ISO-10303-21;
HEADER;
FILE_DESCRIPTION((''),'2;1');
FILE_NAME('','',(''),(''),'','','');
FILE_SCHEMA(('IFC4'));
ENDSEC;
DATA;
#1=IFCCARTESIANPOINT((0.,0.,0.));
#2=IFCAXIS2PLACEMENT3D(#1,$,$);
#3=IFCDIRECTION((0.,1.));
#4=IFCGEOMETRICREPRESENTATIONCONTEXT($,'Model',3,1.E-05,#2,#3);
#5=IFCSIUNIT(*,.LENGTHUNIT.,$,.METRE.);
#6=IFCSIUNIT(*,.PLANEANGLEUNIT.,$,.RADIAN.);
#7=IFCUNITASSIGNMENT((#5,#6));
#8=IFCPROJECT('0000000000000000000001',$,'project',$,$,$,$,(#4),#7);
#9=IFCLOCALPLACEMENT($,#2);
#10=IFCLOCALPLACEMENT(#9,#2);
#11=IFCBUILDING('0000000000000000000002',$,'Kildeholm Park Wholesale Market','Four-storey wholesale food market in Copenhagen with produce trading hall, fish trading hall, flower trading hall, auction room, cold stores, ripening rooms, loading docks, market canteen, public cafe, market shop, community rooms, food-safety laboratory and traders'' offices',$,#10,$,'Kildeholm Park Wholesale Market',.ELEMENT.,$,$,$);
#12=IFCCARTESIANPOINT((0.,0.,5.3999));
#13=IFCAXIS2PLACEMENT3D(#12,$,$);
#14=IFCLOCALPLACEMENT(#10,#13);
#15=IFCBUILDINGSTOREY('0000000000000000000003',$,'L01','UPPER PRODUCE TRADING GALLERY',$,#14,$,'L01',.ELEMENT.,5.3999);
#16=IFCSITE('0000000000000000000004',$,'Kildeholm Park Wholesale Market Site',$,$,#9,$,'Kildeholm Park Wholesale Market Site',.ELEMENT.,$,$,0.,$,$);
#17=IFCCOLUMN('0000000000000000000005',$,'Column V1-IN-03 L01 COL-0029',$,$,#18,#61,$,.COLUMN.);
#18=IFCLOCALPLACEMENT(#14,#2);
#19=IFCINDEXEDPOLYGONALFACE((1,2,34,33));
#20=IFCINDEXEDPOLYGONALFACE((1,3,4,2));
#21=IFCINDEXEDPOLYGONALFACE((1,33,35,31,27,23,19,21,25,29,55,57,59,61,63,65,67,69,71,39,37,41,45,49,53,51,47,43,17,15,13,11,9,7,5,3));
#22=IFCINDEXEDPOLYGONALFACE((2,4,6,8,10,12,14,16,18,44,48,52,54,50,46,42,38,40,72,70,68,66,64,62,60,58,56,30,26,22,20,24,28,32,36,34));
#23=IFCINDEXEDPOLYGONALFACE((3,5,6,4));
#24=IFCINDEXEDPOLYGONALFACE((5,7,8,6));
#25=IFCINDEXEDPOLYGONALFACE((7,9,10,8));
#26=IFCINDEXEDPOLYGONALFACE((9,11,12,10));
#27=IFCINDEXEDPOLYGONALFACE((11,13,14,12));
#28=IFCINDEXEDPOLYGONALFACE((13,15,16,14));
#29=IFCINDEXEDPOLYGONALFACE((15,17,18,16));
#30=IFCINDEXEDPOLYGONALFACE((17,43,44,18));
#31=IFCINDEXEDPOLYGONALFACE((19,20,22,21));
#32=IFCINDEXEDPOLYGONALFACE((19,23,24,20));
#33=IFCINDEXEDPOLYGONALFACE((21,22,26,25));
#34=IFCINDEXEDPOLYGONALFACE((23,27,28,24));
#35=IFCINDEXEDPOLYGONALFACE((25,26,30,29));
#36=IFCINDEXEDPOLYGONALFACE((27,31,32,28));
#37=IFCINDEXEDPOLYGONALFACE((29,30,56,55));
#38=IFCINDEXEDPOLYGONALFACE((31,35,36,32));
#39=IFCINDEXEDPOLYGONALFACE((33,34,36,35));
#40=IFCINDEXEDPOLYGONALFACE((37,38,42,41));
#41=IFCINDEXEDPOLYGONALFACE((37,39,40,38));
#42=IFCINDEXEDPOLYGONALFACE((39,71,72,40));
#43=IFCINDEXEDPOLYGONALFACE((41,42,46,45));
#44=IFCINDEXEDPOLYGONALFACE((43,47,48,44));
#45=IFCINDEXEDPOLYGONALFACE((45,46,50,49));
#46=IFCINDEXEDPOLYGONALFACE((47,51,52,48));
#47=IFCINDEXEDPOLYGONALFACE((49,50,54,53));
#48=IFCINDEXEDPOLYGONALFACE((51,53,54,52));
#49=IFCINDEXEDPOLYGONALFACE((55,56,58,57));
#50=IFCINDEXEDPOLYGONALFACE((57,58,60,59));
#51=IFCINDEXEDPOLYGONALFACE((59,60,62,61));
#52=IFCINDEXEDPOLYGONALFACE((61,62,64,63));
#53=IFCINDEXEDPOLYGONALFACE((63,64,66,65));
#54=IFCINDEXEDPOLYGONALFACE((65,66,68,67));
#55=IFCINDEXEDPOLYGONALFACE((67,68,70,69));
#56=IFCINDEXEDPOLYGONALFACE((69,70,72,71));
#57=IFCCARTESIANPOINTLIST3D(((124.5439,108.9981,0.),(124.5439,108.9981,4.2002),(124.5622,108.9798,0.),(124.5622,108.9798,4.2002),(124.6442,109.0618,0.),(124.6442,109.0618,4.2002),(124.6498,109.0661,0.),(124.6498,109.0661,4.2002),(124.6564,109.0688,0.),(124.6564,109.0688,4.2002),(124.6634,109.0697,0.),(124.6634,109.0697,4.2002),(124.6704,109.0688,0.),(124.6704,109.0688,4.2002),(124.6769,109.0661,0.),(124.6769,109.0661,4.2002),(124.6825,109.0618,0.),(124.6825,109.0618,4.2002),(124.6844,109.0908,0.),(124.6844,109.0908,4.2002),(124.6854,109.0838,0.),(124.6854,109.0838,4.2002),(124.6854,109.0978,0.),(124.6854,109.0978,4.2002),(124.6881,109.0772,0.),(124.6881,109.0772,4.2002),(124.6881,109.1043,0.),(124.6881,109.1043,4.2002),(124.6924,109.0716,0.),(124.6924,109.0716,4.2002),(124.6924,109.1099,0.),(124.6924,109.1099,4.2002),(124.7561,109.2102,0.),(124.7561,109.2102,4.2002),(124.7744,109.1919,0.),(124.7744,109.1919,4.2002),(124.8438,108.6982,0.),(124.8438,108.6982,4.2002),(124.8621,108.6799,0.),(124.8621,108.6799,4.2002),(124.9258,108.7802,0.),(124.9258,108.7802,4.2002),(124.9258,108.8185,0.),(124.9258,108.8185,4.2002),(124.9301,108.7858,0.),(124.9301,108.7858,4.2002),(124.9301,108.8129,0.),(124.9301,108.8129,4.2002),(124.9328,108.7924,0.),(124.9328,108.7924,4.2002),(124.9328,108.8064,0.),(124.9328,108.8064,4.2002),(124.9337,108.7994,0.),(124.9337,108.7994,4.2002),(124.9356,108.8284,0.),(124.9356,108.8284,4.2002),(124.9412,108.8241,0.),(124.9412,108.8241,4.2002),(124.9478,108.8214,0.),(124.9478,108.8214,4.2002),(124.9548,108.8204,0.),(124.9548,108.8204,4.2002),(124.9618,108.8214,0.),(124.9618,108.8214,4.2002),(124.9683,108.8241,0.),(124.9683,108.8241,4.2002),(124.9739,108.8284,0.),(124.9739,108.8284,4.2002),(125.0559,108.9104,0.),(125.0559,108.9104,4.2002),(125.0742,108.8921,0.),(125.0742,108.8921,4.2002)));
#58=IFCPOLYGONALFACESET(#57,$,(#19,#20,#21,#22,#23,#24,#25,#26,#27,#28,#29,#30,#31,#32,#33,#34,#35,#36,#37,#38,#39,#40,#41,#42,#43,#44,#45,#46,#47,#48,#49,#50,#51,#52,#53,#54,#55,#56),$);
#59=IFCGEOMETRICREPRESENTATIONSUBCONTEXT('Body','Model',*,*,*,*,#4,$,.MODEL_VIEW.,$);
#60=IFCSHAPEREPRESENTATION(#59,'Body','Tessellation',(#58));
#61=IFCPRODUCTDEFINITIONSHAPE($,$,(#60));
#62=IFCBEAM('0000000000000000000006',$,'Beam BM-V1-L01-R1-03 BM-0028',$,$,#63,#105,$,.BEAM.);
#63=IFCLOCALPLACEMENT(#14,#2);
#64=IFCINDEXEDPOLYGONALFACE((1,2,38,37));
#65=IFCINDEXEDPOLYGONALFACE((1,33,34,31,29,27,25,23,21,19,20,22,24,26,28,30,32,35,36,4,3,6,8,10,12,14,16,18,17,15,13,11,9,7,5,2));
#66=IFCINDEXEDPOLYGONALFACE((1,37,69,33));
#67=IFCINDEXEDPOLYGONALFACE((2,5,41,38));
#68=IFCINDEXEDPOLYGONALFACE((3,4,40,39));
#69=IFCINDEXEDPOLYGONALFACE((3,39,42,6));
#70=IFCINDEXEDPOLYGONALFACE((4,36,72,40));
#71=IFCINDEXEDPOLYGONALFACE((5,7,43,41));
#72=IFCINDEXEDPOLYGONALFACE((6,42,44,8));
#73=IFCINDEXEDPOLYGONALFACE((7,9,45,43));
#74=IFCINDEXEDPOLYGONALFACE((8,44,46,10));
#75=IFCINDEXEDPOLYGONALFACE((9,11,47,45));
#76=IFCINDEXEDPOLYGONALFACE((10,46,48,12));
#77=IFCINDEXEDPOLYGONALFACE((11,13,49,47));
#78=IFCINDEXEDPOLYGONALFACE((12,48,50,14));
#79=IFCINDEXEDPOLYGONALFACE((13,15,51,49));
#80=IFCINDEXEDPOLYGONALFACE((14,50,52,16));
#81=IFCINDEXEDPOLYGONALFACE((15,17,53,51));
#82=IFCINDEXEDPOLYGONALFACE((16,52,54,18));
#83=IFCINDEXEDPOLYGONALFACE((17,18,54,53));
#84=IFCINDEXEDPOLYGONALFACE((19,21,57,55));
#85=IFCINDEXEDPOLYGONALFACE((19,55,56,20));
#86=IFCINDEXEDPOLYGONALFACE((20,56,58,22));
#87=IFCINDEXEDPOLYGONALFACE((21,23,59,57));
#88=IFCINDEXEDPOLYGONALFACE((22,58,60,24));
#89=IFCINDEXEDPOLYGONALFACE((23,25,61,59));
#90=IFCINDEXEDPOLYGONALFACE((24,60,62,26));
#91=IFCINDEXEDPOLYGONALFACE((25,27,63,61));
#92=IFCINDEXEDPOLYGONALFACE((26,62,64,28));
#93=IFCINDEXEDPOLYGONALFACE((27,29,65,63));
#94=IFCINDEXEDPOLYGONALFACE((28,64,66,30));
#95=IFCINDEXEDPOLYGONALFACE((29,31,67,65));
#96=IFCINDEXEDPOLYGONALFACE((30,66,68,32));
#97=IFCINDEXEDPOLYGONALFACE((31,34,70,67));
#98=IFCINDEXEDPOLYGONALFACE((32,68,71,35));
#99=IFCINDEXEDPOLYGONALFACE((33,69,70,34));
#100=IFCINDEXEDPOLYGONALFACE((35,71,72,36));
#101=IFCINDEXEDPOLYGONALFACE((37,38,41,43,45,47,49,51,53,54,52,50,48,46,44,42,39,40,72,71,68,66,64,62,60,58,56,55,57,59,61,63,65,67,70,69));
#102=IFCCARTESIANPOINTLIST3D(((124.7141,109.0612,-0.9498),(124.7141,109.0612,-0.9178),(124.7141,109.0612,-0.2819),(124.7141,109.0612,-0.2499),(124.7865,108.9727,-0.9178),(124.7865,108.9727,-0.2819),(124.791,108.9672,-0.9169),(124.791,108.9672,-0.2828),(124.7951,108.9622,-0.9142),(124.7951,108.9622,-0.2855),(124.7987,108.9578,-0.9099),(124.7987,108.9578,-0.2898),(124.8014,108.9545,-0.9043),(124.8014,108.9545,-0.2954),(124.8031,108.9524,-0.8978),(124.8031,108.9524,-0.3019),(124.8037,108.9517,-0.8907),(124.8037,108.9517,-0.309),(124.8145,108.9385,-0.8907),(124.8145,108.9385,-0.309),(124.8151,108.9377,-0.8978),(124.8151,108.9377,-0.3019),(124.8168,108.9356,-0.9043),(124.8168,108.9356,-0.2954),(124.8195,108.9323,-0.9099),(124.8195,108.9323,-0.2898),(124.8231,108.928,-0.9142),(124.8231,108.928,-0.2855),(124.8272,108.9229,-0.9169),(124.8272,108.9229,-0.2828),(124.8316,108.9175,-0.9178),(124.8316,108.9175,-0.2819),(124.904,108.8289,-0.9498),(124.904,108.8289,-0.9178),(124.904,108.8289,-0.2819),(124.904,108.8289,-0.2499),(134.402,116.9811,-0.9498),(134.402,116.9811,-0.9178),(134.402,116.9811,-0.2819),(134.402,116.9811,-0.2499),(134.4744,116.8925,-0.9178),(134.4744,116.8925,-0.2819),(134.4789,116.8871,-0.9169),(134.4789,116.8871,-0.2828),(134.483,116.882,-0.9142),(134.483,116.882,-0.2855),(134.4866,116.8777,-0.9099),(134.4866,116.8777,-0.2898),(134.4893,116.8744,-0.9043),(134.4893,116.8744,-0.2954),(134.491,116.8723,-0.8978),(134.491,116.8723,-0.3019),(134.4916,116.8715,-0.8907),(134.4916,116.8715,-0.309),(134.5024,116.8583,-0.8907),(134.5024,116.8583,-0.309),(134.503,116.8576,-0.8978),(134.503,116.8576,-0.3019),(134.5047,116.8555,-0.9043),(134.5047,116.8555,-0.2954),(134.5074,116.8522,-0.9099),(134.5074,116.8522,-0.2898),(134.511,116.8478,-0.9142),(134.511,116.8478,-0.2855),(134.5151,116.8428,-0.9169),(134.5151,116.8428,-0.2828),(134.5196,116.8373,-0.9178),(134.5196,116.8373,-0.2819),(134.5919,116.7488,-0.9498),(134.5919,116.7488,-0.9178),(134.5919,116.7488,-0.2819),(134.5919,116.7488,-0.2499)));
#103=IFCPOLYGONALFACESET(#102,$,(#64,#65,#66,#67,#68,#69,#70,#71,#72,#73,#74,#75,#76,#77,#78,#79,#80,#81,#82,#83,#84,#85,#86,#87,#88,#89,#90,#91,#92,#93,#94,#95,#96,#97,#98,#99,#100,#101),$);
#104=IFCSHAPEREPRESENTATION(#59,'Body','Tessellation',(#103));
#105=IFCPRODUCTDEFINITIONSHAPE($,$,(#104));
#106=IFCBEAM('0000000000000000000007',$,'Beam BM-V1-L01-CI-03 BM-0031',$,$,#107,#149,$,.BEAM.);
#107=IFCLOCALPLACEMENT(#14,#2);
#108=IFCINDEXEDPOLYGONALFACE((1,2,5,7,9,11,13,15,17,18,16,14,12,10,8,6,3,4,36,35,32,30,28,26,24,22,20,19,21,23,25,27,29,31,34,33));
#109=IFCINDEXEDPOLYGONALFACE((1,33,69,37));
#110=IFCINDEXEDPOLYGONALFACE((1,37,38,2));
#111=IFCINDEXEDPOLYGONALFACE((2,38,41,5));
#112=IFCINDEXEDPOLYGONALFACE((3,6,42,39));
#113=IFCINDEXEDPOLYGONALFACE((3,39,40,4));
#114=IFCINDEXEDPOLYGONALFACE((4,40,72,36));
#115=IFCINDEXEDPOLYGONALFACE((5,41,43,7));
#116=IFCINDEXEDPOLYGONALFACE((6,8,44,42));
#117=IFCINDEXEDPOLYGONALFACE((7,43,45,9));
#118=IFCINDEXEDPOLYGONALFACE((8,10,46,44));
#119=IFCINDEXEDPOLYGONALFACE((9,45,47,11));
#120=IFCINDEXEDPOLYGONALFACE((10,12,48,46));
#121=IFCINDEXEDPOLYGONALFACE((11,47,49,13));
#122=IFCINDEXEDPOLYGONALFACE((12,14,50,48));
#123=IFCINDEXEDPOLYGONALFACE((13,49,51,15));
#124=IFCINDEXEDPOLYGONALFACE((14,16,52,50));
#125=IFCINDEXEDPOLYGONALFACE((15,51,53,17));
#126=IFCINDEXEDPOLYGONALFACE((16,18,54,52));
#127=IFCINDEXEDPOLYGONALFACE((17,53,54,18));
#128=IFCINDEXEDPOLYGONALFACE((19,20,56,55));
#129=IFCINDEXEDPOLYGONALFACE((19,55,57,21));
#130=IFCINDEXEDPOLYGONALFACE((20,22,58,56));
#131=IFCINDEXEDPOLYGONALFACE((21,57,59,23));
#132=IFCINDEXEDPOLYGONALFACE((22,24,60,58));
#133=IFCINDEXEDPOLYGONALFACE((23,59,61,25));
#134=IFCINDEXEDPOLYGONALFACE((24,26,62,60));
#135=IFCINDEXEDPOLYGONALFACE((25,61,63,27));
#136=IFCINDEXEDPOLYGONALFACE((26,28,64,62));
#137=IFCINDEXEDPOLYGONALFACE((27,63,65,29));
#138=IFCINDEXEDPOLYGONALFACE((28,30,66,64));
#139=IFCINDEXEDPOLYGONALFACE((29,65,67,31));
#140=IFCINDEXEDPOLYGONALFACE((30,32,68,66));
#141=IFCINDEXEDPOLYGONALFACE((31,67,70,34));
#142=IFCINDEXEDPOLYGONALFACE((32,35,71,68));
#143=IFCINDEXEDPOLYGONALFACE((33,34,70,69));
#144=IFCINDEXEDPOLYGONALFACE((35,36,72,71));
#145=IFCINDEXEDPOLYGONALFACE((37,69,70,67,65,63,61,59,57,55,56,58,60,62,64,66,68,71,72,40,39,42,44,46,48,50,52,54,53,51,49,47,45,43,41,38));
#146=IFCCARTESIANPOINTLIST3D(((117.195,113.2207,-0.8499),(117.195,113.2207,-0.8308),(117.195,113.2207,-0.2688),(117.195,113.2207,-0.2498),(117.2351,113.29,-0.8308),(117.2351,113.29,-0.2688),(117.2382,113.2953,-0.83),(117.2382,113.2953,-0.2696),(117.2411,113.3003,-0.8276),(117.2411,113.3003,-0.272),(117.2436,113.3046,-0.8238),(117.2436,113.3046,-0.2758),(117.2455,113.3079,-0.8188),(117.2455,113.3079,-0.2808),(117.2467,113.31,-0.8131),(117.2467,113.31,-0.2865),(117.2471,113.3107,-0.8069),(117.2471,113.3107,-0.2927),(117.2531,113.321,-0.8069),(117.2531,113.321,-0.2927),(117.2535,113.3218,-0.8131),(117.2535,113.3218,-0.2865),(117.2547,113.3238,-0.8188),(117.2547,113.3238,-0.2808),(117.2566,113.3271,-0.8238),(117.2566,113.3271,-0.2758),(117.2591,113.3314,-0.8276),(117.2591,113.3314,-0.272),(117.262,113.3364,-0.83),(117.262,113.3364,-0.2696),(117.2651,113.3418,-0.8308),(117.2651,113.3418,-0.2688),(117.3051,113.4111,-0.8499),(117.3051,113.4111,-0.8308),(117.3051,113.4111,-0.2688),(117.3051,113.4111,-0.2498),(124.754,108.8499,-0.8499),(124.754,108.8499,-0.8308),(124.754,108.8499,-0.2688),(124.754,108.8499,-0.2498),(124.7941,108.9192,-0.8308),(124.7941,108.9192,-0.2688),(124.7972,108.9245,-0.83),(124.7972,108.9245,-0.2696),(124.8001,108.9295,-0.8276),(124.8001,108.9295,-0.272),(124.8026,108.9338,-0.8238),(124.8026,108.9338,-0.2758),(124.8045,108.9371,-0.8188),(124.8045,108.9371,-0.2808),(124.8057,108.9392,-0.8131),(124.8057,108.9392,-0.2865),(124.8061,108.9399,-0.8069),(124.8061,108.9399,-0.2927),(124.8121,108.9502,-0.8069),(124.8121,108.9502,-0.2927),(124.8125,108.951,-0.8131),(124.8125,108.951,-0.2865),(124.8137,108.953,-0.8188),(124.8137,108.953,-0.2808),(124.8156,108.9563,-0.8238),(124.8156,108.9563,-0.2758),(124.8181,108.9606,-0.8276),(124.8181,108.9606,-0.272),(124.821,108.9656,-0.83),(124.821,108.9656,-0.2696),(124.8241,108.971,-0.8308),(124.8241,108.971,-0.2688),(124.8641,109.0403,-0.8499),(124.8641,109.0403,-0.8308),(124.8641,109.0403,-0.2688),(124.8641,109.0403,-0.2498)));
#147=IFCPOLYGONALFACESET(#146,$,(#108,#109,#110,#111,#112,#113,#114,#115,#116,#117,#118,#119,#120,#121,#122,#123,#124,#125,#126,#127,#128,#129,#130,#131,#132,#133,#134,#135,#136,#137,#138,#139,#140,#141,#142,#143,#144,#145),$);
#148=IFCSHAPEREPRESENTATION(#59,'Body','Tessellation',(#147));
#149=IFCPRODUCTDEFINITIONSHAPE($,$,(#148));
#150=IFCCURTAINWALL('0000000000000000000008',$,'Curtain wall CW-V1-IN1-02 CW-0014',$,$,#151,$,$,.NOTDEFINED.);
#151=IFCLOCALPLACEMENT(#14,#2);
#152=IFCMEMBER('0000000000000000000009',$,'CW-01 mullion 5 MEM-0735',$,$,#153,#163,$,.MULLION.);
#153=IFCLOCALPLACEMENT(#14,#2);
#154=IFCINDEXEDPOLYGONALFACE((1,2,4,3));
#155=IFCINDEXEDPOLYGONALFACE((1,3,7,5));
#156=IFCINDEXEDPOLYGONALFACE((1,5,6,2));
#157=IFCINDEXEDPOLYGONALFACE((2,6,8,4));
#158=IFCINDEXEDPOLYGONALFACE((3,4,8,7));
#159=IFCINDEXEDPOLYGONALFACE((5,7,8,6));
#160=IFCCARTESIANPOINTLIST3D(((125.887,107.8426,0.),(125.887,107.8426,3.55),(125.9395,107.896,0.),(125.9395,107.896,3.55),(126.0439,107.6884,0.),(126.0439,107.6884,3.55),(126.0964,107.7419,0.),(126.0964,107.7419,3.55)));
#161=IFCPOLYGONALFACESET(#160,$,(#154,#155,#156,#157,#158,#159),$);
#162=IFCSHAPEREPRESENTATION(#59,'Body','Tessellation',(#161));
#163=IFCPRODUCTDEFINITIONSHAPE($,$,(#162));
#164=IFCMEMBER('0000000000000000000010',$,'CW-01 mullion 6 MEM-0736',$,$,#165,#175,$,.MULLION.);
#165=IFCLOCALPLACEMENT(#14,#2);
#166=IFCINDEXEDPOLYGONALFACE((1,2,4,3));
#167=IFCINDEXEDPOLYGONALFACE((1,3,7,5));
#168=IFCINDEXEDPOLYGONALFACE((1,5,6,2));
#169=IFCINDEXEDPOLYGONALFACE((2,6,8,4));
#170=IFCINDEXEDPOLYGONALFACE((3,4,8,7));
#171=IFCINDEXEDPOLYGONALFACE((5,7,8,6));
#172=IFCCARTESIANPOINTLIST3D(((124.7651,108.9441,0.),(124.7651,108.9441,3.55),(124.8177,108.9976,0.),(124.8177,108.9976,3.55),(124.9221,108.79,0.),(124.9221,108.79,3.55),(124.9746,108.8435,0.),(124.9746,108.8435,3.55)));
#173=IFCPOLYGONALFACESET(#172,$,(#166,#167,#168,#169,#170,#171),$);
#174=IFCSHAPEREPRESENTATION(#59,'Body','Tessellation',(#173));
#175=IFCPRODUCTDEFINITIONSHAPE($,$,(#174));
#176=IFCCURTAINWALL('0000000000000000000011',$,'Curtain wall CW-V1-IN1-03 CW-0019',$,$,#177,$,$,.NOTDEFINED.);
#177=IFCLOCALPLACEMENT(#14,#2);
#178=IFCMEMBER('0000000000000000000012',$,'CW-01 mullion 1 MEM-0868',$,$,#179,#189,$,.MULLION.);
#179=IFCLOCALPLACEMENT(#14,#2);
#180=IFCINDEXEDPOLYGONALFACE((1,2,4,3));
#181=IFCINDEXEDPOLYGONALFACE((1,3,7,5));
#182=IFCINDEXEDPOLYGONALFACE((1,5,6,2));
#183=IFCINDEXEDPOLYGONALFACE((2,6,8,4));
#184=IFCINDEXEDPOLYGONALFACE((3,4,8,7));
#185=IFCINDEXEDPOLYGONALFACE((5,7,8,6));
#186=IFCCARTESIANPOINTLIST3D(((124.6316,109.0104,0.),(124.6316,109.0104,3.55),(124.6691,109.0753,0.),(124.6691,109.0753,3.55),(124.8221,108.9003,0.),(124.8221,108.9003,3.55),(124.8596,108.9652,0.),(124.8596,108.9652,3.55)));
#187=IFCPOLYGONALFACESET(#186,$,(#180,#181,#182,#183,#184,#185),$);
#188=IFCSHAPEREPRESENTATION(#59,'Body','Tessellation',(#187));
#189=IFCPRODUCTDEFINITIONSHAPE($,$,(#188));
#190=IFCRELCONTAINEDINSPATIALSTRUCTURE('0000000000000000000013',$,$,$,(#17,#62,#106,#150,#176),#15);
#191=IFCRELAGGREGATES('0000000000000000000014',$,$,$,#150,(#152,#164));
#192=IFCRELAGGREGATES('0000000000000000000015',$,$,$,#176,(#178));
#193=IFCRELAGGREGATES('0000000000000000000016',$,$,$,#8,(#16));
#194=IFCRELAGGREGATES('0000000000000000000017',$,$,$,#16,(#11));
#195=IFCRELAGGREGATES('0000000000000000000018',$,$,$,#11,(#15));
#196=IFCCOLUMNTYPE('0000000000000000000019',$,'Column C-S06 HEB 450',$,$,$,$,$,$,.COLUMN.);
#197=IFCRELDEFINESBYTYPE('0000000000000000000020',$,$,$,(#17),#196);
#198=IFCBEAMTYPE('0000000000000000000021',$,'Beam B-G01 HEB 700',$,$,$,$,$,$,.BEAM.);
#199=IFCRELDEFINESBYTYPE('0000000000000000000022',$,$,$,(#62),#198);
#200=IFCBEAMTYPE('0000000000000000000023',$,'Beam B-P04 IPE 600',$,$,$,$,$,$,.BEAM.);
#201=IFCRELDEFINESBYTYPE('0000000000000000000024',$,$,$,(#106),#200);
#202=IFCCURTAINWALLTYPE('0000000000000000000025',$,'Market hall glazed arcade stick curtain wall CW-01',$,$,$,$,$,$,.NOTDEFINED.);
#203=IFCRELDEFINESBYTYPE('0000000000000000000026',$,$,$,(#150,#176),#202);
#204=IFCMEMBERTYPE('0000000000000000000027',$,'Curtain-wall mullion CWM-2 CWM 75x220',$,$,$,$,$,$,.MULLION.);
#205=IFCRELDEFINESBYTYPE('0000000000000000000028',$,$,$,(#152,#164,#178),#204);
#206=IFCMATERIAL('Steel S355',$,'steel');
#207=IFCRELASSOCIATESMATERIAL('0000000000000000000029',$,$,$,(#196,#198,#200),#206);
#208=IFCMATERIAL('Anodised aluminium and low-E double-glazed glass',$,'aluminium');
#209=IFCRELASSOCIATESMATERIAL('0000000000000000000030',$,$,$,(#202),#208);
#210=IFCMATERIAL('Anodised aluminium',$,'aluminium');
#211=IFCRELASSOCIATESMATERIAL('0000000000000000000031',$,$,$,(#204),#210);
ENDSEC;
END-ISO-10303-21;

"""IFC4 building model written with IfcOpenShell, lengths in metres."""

from ifc_helpers import new_model, si_unit, direction, frame, origin, origin_2d, place, context, subcontext, project, spatial, rectangle, i_section, extrude, material, material_profile, profile_set, type_object, element, aggregate, save


model = new_model("IFC4")

# Units and contexts
model_context = context("Model", 3, precision=1e-05, world=origin(), true_north=direction((0.0, 1.0)))
body_context = subcontext(model_context, "Body", "Model", "MODEL_VIEW")
ifc_project = project(units=[si_unit("LENGTHUNIT", "METRE"), si_unit("PLANEANGLEUNIT", "RADIAN")], contexts=[model_context])

# Site, building, storey
site_placement = place(None, origin())
site = spatial("IfcSite", under=ifc_project, at=site_placement, Name="Kildeholm Park Wholesale Market Site", LongName="Kildeholm Park Wholesale Market Site", CompositionType="ELEMENT", RefElevation=0.0)
building_placement = place(site_placement, origin())
building = spatial("IfcBuilding", under=site, at=building_placement, Name="Kildeholm Park Wholesale Market", Description="Four-storey wholesale food market in Copenhagen with produce trading hall, fish trading hall, flower trading hall, auction room, cold stores, ripening rooms, loading docks, market canteen, public cafe, market shop, community rooms, food-safety laboratory and traders' offices", LongName="Kildeholm Park Wholesale Market", CompositionType="ELEMENT")
storey_placement = place(building_placement, frame((0.0, 0.0, 5.3999)))
storey = spatial("IfcBuildingStorey", under=building, at=storey_placement, Name="L01", Description="UPPER PRODUCE TRADING GALLERY", LongName="L01", CompositionType="ELEMENT", Elevation=5.3999)

# Column
ifc_material_1 = material(Name="Steel S355", Category="steel")
ifc_material_profile_1 = material_profile(ifc_material_1, i_section(OverallWidth=0.3, OverallDepth=0.45, WebThickness=0.0139, FlangeThickness=0.0259, FilletRadius=0.0271, at=origin_2d()), Name="HEB 450")
ifc_profile_set_1 = profile_set([ifc_material_profile_1], Name="Steel S355")
column_type = type_object("IfcColumnType", Name="Column C-S06 HEB 450", PredefinedType="COLUMN", material=ifc_profile_set_1)
column_placement = place(storey_placement, frame((124.8091, 108.9451, 0.0), z_axis=(0.0, 0.0, 1.0), x_axis=(0.707107, 0.707107, 0.0)))
element("IfcColumn", 1, at=column_placement, inside=storey, type_object=column_type, Name="Column V1-IN-03 L01 COL-0029", PredefinedType="COLUMN", context=body_context, shape_type="SweptSolid", body=[
    extrude(i_section(OverallWidth=0.3, OverallDepth=0.45, WebThickness=0.0139, FlangeThickness=0.0259, FilletRadius=0.0271, at=origin_2d()), origin(), (0.0, 0.0, 1.0), 4.2002),
])

# Beams
ifc_material_profile_2 = material_profile(ifc_material_1, i_section(OverallWidth=0.3, OverallDepth=0.7, WebThickness=0.0171, FlangeThickness=0.032, FilletRadius=0.0271, at=origin_2d()), Name="HEB 700")
ifc_profile_set_2 = profile_set([ifc_material_profile_2], Name="Steel S355")
beam_type_1 = type_object("IfcBeamType", Name="Beam B-G01 HEB 700", PredefinedType="BEAM", material=ifc_profile_set_2)
beam_1_placement = place(storey_placement, frame((124.8091, 108.9451, -0.5999), z_axis=(0.774216, 0.632921, 0.0), x_axis=(-0.632921, 0.774216, 0.0)))
element("IfcBeam", 2, at=beam_1_placement, inside=storey, type_object=beam_type_1, Name="Beam BM-V1-L01-R1-03 BM-0028", PredefinedType="BEAM", context=body_context, shape_type="SweptSolid", body=[
    extrude(i_section(OverallWidth=0.3, OverallDepth=0.7, WebThickness=0.0171, FlangeThickness=0.032, FilletRadius=0.0271, at=origin_2d()), origin(), (0.0, 0.0, 1.0), 12.5132),
])
ifc_material_profile_3 = material_profile(ifc_material_1, i_section(OverallWidth=0.22, OverallDepth=0.6001, WebThickness=0.012, FlangeThickness=0.019, FilletRadius=0.0239, at=origin_2d()), Name="IPE 600")
ifc_profile_set_3 = profile_set([ifc_material_profile_3], Name="Steel S355")
beam_type_2 = type_object("IfcBeamType", Name="Beam B-P04 IPE 600", PredefinedType="BEAM", material=ifc_profile_set_3)
beam_2_placement = place(storey_placement, frame((124.8091, 108.9451, -0.5498), z_axis=(-0.865697, 0.500568, 0.0), x_axis=(-0.500568, -0.865697, 0.0)))
element("IfcBeam", 3, at=beam_2_placement, inside=storey, type_object=beam_type_2, Name="Beam BM-V1-L01-CI-03 BM-0031", PredefinedType="BEAM", context=body_context, shape_type="SweptSolid", body=[
    extrude(i_section(OverallWidth=0.22, OverallDepth=0.6001, WebThickness=0.012, FlangeThickness=0.019, FilletRadius=0.0239, at=origin_2d()), origin(), (0.0, 0.0, 1.0), 8.7317),
])

# Curtain walls, members
ifc_material_2 = material(Name="Anodised aluminium and low-E double-glazed glass", Category="aluminium")
curtain_wall_type = type_object("IfcCurtainWallType", Name="Market hall glazed arcade stick curtain wall CW-01", PredefinedType="NOTDEFINED", material=ifc_material_2)
curtain_wall_1_placement = place(storey_placement, origin())
curtain_wall_1 = element("IfcCurtainWall", 4, at=curtain_wall_1_placement, inside=storey, type_object=curtain_wall_type, Name="Curtain wall CW-V1-IN1-02 CW-0014", PredefinedType="NOTDEFINED")
ifc_material_3 = material(Name="Anodised aluminium", Category="aluminium")
ifc_material_profile_4 = material_profile(ifc_material_3, rectangle(XDim=0.075, YDim=0.22, at=origin_2d()), Name="CWM 75x220")
ifc_profile_set_4 = profile_set([ifc_material_profile_4], Name="Anodised aluminium")
member_type_1 = type_object("IfcMemberType", Name="Curtain-wall mullion CWM-2 CWM 75x220", PredefinedType="MULLION", material=ifc_profile_set_4)
member_1_placement = place(storey_placement, frame((125.9917, 107.7922, 0.0), z_axis=(0.0, 0.0, 1.0), x_axis=(-0.700617, -0.713538, 0.0)))
member_1 = element("IfcMember", 5, at=member_1_placement, type_object=member_type_1, Name="CW-01 mullion 5 MEM-0735", PredefinedType="MULLION", context=body_context, shape_type="SweptSolid", body=[
    extrude(rectangle(XDim=0.075, YDim=0.22, at=origin_2d()), origin(), (0.0, 0.0, 1.0), 3.55),
])
member_2_placement = place(storey_placement, frame((124.8699, 108.8938, 0.0), z_axis=(0.0, 0.0, 1.0), x_axis=(-0.700617, -0.713538, 0.0)))
member_2 = element("IfcMember", 6, at=member_2_placement, type_object=member_type_1, Name="CW-01 mullion 6 MEM-0736", PredefinedType="MULLION", context=body_context, shape_type="SweptSolid", body=[
    extrude(rectangle(XDim=0.075, YDim=0.22, at=origin_2d()), origin(), (0.0, 0.0, 1.0), 3.55),
])
curtain_wall_2_placement = place(storey_placement, origin())
curtain_wall_2 = element("IfcCurtainWall", 7, at=curtain_wall_2_placement, inside=storey, type_object=curtain_wall_type, Name="Curtain wall CW-V1-IN1-03 CW-0019", PredefinedType="NOTDEFINED")
member_3_placement = place(storey_placement, frame((124.7456, 108.9878, 0.0), z_axis=(0.0, 0.0, 1.0), x_axis=(-0.500489, -0.865743, 0.0)))
member_3 = element("IfcMember", 8, at=member_3_placement, type_object=member_type_1, Name="CW-01 mullion 1 MEM-0868", PredefinedType="MULLION", context=body_context, shape_type="SweptSolid", body=[
    extrude(rectangle(XDim=0.075, YDim=0.22, at=origin_2d()), origin(), (0.0, 0.0, 1.0), 3.55),
])

aggregate(curtain_wall_1, [member_1, member_2])
aggregate(curtain_wall_2, [member_3])

save(model, "model.ifc")
